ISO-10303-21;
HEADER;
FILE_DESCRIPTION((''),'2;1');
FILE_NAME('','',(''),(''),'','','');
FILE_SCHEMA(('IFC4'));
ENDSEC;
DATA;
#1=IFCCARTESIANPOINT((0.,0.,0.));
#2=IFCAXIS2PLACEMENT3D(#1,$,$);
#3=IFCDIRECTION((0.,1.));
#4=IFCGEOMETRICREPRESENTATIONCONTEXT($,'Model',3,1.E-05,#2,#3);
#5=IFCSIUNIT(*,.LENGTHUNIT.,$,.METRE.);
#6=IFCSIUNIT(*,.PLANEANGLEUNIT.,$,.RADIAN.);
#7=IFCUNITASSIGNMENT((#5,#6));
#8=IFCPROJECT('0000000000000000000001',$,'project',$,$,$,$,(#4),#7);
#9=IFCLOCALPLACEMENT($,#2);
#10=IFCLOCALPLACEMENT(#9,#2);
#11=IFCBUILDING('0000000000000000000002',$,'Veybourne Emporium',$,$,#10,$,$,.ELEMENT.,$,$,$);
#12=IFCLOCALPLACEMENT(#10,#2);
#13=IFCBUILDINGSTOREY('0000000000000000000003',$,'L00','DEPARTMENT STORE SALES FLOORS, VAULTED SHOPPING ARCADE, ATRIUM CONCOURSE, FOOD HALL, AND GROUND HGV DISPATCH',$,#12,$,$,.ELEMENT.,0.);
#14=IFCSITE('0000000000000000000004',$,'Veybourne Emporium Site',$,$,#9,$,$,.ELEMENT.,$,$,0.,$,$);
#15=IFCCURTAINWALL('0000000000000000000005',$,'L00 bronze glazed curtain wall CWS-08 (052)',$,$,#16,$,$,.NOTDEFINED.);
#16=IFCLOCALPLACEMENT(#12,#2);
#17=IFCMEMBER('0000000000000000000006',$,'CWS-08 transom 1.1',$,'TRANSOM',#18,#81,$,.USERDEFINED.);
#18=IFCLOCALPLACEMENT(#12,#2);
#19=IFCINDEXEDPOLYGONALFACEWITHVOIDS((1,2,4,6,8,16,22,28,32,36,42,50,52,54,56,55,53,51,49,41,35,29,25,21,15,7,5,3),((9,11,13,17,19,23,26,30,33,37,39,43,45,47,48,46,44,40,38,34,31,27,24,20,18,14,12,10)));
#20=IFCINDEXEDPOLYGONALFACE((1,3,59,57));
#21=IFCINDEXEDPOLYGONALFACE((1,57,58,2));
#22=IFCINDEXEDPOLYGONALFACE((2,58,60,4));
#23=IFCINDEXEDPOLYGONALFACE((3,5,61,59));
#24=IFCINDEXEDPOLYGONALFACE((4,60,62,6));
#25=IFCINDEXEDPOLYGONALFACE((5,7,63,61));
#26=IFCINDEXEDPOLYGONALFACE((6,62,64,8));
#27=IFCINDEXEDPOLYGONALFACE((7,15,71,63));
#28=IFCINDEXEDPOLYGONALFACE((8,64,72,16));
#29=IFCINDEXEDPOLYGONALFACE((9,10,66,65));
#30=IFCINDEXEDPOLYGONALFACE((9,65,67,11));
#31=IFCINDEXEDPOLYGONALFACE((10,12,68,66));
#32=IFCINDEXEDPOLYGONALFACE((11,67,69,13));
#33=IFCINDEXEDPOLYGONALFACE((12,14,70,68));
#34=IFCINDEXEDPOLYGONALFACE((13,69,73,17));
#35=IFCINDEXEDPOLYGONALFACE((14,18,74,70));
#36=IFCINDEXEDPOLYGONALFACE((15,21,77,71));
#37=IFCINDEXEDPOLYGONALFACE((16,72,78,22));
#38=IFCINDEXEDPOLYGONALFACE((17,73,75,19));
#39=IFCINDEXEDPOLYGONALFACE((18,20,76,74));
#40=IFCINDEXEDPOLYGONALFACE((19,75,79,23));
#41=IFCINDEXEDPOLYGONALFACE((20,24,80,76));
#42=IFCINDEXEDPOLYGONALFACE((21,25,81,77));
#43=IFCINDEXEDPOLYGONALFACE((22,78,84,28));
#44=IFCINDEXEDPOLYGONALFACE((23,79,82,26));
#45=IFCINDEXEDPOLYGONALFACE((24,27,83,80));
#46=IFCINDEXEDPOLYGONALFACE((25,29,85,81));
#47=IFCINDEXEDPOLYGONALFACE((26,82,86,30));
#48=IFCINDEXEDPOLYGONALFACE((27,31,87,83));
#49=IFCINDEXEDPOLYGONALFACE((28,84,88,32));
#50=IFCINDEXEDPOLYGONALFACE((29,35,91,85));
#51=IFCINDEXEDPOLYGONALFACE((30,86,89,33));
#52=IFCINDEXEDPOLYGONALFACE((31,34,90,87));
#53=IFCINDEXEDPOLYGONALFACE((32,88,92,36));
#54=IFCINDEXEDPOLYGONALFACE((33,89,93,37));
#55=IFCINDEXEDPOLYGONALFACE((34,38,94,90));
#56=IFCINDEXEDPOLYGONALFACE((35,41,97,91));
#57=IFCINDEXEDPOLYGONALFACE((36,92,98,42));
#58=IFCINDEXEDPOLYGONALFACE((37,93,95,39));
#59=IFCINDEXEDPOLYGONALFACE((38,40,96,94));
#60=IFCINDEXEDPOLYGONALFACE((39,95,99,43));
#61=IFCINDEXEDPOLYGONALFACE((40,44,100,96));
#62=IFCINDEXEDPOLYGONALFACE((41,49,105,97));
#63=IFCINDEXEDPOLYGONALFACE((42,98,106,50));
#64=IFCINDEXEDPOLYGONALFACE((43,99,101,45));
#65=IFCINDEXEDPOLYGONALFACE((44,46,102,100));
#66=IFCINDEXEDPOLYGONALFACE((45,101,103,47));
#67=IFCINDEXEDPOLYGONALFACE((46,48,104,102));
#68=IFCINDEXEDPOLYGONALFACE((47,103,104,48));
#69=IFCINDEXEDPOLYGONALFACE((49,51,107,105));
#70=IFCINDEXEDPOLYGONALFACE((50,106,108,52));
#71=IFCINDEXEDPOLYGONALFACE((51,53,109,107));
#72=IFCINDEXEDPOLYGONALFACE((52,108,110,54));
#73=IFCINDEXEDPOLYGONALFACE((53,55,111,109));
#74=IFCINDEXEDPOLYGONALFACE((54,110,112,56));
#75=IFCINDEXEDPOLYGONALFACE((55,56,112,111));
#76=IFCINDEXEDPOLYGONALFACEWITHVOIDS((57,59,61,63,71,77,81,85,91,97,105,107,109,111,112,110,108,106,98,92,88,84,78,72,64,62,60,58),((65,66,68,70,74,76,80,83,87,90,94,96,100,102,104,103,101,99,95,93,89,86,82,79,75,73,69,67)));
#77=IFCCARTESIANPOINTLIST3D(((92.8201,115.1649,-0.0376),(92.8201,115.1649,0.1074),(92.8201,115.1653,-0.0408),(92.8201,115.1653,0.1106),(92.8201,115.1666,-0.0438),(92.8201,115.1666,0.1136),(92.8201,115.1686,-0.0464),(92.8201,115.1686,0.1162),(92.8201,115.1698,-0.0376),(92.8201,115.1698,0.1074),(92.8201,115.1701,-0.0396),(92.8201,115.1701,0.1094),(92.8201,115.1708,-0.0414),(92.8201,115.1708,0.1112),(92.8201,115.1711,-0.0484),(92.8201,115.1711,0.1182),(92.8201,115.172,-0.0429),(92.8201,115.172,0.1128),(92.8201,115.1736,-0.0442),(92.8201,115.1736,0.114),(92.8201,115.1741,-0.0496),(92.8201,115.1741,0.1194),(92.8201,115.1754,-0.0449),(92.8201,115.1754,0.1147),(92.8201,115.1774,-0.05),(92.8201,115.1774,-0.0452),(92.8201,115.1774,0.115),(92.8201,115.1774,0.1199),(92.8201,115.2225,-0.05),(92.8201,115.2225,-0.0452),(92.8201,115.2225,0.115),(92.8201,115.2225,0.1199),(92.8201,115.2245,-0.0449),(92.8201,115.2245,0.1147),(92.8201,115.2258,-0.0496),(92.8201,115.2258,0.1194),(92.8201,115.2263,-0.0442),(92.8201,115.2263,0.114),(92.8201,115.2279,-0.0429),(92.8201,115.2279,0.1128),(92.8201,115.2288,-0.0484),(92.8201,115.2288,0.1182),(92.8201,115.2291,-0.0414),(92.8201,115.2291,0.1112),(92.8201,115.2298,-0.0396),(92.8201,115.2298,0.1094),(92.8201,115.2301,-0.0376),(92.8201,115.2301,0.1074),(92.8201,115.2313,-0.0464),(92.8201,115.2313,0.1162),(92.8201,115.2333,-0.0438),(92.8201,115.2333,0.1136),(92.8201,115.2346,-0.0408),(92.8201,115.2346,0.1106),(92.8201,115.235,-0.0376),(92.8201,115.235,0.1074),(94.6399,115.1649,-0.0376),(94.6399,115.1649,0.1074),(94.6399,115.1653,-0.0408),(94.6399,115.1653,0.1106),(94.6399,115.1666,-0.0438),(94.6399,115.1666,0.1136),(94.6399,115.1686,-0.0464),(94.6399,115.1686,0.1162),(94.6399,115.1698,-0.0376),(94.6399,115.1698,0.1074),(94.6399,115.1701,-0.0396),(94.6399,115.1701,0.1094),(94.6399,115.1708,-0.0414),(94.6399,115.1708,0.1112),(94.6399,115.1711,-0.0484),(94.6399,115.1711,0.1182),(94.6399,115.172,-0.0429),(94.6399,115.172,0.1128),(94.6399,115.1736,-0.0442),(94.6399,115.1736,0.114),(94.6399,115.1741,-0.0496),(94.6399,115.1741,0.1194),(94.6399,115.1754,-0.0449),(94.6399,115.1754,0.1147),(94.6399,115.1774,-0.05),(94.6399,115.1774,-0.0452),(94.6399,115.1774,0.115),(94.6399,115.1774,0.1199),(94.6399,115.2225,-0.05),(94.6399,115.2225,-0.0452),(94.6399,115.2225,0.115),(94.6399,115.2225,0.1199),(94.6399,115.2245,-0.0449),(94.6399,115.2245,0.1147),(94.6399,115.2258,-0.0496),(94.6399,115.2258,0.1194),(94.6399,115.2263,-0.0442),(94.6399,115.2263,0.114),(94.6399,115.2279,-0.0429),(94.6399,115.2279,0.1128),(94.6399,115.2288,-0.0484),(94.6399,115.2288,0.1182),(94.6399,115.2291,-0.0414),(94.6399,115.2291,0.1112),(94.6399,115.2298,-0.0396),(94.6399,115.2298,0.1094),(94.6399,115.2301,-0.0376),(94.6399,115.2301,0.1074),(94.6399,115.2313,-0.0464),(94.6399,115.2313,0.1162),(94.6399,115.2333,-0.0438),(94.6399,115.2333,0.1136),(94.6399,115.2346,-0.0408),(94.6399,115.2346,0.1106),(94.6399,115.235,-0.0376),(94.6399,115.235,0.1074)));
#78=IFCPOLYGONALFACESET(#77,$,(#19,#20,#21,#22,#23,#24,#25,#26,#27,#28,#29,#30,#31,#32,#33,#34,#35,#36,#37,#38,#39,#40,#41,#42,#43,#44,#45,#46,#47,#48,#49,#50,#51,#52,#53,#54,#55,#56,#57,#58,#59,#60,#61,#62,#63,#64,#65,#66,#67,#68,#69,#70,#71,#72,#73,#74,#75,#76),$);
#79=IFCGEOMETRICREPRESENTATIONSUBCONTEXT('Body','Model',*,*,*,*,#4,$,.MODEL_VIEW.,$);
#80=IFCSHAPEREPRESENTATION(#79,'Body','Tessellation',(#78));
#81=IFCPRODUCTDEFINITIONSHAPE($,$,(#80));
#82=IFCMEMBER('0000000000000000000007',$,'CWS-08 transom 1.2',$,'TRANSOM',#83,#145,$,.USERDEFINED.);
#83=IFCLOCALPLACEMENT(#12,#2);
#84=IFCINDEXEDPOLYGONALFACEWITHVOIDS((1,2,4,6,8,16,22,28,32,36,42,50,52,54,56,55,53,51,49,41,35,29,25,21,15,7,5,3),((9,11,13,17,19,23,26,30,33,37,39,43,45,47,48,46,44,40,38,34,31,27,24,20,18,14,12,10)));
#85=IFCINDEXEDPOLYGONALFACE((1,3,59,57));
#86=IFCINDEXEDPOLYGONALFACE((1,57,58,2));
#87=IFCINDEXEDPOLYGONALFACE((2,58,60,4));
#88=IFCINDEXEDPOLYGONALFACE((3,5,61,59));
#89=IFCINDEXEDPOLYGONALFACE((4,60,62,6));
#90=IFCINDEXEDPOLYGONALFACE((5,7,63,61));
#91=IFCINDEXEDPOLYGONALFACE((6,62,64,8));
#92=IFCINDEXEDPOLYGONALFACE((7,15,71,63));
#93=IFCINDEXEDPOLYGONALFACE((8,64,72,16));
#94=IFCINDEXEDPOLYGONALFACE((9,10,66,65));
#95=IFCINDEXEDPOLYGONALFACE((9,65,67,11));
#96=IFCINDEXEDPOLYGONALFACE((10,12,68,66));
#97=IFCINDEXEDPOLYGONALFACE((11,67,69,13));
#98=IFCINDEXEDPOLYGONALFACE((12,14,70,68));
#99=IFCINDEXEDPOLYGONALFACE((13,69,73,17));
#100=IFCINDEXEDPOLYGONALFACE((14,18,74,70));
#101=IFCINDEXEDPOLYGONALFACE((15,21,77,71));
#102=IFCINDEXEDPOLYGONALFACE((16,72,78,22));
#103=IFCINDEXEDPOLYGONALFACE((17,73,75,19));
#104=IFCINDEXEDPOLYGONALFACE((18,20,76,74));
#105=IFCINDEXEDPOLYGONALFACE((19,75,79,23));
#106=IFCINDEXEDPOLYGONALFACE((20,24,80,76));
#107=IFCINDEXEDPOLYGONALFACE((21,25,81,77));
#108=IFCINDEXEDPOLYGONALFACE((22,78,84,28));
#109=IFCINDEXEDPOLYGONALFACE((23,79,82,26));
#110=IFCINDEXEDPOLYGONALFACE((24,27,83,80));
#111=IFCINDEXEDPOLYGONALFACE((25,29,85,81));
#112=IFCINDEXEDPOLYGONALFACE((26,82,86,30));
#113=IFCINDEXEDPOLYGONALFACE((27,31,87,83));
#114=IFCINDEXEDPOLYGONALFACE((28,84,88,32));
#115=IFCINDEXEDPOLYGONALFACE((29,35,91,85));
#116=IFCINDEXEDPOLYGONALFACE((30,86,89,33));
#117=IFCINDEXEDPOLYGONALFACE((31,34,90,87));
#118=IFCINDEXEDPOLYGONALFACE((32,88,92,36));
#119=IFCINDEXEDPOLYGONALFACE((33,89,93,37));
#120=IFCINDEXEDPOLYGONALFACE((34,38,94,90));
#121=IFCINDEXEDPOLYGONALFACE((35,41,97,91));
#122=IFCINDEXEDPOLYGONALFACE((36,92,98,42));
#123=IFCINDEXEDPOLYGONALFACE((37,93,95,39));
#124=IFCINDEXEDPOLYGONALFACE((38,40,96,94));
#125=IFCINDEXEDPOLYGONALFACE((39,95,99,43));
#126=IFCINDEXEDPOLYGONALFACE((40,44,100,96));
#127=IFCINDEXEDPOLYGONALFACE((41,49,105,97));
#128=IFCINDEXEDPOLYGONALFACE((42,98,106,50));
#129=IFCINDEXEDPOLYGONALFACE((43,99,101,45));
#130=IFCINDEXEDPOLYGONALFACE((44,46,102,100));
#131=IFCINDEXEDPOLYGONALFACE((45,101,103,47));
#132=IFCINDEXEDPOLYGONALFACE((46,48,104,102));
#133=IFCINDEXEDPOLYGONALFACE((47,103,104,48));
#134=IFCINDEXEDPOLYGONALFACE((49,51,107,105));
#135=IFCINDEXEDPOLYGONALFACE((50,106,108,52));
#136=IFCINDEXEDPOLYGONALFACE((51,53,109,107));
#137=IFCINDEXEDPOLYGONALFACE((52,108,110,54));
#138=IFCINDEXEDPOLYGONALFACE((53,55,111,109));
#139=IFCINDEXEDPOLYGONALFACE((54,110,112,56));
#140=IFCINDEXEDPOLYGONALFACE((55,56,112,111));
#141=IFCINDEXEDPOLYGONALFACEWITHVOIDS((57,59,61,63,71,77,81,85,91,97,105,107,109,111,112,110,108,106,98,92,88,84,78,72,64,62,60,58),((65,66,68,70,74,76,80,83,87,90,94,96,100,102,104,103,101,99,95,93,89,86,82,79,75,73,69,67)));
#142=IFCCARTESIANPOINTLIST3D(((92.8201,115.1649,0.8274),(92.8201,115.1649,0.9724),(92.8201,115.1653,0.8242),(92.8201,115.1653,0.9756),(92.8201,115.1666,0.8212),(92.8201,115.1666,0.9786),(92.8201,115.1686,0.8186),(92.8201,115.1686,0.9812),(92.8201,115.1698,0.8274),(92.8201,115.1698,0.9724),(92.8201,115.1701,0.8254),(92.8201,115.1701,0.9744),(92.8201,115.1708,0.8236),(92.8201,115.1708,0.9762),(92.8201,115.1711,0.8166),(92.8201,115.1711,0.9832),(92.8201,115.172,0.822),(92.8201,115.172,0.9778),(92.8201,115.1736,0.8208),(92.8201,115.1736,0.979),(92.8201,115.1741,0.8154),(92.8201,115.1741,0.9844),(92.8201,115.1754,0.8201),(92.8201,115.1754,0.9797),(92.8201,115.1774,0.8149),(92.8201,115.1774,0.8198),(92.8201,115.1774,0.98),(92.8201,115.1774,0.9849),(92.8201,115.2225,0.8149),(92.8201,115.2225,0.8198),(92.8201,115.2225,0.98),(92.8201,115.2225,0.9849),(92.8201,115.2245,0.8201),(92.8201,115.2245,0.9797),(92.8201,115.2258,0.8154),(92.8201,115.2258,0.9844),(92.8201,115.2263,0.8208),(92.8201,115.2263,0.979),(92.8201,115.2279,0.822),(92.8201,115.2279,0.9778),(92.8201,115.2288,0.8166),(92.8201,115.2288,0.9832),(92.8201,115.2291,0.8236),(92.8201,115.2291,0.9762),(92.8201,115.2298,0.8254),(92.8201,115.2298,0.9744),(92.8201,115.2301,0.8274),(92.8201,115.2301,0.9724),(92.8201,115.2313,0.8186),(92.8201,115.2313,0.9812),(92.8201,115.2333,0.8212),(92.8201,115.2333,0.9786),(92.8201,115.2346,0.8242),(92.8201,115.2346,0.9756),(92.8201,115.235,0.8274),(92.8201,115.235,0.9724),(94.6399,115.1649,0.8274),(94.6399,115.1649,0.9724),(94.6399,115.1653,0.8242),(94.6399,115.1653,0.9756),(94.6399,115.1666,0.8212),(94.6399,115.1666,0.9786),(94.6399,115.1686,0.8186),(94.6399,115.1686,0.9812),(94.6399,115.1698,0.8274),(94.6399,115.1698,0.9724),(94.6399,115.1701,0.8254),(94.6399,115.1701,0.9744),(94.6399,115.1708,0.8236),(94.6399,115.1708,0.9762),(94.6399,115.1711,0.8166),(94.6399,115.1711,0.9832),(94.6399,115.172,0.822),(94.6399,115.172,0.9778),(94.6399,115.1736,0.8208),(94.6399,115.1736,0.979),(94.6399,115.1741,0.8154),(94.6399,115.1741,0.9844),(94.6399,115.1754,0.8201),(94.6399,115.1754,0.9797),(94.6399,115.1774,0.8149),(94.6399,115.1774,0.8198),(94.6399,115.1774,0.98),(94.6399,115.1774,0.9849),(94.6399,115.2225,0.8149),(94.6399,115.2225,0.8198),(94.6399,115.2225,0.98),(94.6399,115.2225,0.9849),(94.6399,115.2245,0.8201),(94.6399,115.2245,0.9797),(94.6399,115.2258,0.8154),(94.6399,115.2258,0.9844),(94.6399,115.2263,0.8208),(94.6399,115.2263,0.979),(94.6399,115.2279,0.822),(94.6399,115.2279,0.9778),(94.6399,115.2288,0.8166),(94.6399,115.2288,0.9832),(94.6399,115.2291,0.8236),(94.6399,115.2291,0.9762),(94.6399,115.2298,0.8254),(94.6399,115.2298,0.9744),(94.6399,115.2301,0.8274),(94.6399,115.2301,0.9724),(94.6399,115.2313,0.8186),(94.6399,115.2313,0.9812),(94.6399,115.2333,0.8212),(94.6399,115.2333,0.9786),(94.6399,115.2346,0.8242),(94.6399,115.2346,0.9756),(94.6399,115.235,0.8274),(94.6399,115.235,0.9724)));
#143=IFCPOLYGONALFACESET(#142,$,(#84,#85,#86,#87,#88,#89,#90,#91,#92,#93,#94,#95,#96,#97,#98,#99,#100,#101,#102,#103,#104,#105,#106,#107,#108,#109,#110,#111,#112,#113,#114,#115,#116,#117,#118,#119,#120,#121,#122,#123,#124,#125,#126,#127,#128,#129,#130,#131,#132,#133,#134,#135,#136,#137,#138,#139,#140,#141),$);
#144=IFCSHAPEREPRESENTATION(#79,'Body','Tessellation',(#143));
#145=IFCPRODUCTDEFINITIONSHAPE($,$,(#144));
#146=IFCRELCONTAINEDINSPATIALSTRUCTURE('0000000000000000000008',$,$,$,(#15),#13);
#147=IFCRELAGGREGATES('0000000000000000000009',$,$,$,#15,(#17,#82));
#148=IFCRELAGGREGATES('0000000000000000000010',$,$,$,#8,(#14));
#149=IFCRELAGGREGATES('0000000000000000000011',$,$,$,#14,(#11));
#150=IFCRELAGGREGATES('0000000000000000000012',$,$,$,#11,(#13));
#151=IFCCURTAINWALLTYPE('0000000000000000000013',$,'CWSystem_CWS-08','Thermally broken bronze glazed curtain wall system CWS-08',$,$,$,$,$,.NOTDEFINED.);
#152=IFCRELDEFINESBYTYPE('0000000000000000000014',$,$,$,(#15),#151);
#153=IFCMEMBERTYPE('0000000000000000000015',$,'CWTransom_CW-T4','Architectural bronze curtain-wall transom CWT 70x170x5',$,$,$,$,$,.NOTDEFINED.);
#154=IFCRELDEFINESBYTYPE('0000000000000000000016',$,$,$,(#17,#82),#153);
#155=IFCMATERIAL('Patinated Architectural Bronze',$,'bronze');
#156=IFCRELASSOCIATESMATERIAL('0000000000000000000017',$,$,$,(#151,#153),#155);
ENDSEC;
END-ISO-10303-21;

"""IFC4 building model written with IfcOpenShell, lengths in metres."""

from ifc_helpers import new_model, si_unit, direction, frame, origin, origin_2d, place, context, subcontext, project, spatial, hollow_rectangle, extrude, material, material_profile, profile_set, type_object, element, aggregate, save


model = new_model("IFC4")

# Units and contexts
model_context = context("Model", 3, precision=1e-05, world=origin(), true_north=direction((0.0, 1.0)))
body_context = subcontext(model_context, "Body", "Model", "MODEL_VIEW")
ifc_project = project(units=[si_unit("LENGTHUNIT", "METRE"), si_unit("PLANEANGLEUNIT", "RADIAN")], contexts=[model_context])

# Site, building, storey
site_placement = place(None, origin())
site = spatial("IfcSite", under=ifc_project, at=site_placement, Name="Veybourne Emporium Site", CompositionType="ELEMENT", RefElevation=0.0)
building_placement = place(site_placement, origin())
building = spatial("IfcBuilding", under=site, at=building_placement, Name="Veybourne Emporium", CompositionType="ELEMENT")
storey_placement = place(building_placement, origin())
storey = spatial("IfcBuildingStorey", under=building, at=storey_placement, Name="L00", Description="DEPARTMENT STORE SALES FLOORS, VAULTED SHOPPING ARCADE, ATRIUM CONCOURSE, FOOD HALL, AND GROUND HGV DISPATCH", CompositionType="ELEMENT", Elevation=0.0)

# Curtain wall, members
ifc_material_1 = material(Name="Patinated Architectural Bronze", Category="bronze")
curtain_wall_type = type_object("IfcCurtainWallType", Name="CWSystem_CWS-08", Description="Thermally broken bronze glazed curtain wall system CWS-08", PredefinedType="NOTDEFINED", material=ifc_material_1)
curtain_wall_placement = place(storey_placement, origin())
curtain_wall = element("IfcCurtainWall", 1, at=curtain_wall_placement, inside=storey, type_object=curtain_wall_type, Name="L00 bronze glazed curtain wall CWS-08 (052)", PredefinedType="NOTDEFINED")
ifc_material_profile_1 = material_profile(ifc_material_1, hollow_rectangle(XDim=0.0701, YDim=0.1699, WallThickness=0.0049, InnerFilletRadius=0.0076, OuterFilletRadius=0.0125, at=origin_2d()), Name="CWT 70x170x5")
ifc_profile_set_1 = profile_set([ifc_material_profile_1], Name="Patinated Architectural Bronze")
member_type_1 = type_object("IfcMemberType", Name="CWTransom_CW-T4", Description="Architectural bronze curtain-wall transom CWT 70x170x5", PredefinedType="NOTDEFINED", material=ifc_profile_set_1)
member_1_placement = place(storey_placement, frame((92.8201, 115.2, 0.0349), z_axis=(1.0, 0.0, 0.0), x_axis=(0.0, 1.0, 0.0)))
member_1 = element("IfcMember", 2, at=member_1_placement, type_object=member_type_1, Name="CWS-08 transom 1.1", ObjectType="TRANSOM", PredefinedType="USERDEFINED", context=body_context, shape_type="SweptSolid", body=[
    extrude(hollow_rectangle(XDim=0.0701, YDim=0.1699, WallThickness=0.0049, InnerFilletRadius=0.0076, OuterFilletRadius=0.0125, at=origin_2d()), origin(), (0.0, 0.0, 1.0), 1.8198),
])
member_2_placement = place(storey_placement, frame((92.8201, 115.2, 0.8999), z_axis=(1.0, 0.0, 0.0), x_axis=(0.0, 1.0, 0.0)))
member_2 = element("IfcMember", 3, at=member_2_placement, type_object=member_type_1, Name="CWS-08 transom 1.2", ObjectType="TRANSOM", PredefinedType="USERDEFINED", context=body_context, shape_type="SweptSolid", body=[
    extrude(hollow_rectangle(XDim=0.0701, YDim=0.1699, WallThickness=0.0049, InnerFilletRadius=0.0076, OuterFilletRadius=0.0125, at=origin_2d()), origin(), (0.0, 0.0, 1.0), 1.8198),
])

aggregate(curtain_wall, [member_1, member_2])

save(model, "model.ifc")
